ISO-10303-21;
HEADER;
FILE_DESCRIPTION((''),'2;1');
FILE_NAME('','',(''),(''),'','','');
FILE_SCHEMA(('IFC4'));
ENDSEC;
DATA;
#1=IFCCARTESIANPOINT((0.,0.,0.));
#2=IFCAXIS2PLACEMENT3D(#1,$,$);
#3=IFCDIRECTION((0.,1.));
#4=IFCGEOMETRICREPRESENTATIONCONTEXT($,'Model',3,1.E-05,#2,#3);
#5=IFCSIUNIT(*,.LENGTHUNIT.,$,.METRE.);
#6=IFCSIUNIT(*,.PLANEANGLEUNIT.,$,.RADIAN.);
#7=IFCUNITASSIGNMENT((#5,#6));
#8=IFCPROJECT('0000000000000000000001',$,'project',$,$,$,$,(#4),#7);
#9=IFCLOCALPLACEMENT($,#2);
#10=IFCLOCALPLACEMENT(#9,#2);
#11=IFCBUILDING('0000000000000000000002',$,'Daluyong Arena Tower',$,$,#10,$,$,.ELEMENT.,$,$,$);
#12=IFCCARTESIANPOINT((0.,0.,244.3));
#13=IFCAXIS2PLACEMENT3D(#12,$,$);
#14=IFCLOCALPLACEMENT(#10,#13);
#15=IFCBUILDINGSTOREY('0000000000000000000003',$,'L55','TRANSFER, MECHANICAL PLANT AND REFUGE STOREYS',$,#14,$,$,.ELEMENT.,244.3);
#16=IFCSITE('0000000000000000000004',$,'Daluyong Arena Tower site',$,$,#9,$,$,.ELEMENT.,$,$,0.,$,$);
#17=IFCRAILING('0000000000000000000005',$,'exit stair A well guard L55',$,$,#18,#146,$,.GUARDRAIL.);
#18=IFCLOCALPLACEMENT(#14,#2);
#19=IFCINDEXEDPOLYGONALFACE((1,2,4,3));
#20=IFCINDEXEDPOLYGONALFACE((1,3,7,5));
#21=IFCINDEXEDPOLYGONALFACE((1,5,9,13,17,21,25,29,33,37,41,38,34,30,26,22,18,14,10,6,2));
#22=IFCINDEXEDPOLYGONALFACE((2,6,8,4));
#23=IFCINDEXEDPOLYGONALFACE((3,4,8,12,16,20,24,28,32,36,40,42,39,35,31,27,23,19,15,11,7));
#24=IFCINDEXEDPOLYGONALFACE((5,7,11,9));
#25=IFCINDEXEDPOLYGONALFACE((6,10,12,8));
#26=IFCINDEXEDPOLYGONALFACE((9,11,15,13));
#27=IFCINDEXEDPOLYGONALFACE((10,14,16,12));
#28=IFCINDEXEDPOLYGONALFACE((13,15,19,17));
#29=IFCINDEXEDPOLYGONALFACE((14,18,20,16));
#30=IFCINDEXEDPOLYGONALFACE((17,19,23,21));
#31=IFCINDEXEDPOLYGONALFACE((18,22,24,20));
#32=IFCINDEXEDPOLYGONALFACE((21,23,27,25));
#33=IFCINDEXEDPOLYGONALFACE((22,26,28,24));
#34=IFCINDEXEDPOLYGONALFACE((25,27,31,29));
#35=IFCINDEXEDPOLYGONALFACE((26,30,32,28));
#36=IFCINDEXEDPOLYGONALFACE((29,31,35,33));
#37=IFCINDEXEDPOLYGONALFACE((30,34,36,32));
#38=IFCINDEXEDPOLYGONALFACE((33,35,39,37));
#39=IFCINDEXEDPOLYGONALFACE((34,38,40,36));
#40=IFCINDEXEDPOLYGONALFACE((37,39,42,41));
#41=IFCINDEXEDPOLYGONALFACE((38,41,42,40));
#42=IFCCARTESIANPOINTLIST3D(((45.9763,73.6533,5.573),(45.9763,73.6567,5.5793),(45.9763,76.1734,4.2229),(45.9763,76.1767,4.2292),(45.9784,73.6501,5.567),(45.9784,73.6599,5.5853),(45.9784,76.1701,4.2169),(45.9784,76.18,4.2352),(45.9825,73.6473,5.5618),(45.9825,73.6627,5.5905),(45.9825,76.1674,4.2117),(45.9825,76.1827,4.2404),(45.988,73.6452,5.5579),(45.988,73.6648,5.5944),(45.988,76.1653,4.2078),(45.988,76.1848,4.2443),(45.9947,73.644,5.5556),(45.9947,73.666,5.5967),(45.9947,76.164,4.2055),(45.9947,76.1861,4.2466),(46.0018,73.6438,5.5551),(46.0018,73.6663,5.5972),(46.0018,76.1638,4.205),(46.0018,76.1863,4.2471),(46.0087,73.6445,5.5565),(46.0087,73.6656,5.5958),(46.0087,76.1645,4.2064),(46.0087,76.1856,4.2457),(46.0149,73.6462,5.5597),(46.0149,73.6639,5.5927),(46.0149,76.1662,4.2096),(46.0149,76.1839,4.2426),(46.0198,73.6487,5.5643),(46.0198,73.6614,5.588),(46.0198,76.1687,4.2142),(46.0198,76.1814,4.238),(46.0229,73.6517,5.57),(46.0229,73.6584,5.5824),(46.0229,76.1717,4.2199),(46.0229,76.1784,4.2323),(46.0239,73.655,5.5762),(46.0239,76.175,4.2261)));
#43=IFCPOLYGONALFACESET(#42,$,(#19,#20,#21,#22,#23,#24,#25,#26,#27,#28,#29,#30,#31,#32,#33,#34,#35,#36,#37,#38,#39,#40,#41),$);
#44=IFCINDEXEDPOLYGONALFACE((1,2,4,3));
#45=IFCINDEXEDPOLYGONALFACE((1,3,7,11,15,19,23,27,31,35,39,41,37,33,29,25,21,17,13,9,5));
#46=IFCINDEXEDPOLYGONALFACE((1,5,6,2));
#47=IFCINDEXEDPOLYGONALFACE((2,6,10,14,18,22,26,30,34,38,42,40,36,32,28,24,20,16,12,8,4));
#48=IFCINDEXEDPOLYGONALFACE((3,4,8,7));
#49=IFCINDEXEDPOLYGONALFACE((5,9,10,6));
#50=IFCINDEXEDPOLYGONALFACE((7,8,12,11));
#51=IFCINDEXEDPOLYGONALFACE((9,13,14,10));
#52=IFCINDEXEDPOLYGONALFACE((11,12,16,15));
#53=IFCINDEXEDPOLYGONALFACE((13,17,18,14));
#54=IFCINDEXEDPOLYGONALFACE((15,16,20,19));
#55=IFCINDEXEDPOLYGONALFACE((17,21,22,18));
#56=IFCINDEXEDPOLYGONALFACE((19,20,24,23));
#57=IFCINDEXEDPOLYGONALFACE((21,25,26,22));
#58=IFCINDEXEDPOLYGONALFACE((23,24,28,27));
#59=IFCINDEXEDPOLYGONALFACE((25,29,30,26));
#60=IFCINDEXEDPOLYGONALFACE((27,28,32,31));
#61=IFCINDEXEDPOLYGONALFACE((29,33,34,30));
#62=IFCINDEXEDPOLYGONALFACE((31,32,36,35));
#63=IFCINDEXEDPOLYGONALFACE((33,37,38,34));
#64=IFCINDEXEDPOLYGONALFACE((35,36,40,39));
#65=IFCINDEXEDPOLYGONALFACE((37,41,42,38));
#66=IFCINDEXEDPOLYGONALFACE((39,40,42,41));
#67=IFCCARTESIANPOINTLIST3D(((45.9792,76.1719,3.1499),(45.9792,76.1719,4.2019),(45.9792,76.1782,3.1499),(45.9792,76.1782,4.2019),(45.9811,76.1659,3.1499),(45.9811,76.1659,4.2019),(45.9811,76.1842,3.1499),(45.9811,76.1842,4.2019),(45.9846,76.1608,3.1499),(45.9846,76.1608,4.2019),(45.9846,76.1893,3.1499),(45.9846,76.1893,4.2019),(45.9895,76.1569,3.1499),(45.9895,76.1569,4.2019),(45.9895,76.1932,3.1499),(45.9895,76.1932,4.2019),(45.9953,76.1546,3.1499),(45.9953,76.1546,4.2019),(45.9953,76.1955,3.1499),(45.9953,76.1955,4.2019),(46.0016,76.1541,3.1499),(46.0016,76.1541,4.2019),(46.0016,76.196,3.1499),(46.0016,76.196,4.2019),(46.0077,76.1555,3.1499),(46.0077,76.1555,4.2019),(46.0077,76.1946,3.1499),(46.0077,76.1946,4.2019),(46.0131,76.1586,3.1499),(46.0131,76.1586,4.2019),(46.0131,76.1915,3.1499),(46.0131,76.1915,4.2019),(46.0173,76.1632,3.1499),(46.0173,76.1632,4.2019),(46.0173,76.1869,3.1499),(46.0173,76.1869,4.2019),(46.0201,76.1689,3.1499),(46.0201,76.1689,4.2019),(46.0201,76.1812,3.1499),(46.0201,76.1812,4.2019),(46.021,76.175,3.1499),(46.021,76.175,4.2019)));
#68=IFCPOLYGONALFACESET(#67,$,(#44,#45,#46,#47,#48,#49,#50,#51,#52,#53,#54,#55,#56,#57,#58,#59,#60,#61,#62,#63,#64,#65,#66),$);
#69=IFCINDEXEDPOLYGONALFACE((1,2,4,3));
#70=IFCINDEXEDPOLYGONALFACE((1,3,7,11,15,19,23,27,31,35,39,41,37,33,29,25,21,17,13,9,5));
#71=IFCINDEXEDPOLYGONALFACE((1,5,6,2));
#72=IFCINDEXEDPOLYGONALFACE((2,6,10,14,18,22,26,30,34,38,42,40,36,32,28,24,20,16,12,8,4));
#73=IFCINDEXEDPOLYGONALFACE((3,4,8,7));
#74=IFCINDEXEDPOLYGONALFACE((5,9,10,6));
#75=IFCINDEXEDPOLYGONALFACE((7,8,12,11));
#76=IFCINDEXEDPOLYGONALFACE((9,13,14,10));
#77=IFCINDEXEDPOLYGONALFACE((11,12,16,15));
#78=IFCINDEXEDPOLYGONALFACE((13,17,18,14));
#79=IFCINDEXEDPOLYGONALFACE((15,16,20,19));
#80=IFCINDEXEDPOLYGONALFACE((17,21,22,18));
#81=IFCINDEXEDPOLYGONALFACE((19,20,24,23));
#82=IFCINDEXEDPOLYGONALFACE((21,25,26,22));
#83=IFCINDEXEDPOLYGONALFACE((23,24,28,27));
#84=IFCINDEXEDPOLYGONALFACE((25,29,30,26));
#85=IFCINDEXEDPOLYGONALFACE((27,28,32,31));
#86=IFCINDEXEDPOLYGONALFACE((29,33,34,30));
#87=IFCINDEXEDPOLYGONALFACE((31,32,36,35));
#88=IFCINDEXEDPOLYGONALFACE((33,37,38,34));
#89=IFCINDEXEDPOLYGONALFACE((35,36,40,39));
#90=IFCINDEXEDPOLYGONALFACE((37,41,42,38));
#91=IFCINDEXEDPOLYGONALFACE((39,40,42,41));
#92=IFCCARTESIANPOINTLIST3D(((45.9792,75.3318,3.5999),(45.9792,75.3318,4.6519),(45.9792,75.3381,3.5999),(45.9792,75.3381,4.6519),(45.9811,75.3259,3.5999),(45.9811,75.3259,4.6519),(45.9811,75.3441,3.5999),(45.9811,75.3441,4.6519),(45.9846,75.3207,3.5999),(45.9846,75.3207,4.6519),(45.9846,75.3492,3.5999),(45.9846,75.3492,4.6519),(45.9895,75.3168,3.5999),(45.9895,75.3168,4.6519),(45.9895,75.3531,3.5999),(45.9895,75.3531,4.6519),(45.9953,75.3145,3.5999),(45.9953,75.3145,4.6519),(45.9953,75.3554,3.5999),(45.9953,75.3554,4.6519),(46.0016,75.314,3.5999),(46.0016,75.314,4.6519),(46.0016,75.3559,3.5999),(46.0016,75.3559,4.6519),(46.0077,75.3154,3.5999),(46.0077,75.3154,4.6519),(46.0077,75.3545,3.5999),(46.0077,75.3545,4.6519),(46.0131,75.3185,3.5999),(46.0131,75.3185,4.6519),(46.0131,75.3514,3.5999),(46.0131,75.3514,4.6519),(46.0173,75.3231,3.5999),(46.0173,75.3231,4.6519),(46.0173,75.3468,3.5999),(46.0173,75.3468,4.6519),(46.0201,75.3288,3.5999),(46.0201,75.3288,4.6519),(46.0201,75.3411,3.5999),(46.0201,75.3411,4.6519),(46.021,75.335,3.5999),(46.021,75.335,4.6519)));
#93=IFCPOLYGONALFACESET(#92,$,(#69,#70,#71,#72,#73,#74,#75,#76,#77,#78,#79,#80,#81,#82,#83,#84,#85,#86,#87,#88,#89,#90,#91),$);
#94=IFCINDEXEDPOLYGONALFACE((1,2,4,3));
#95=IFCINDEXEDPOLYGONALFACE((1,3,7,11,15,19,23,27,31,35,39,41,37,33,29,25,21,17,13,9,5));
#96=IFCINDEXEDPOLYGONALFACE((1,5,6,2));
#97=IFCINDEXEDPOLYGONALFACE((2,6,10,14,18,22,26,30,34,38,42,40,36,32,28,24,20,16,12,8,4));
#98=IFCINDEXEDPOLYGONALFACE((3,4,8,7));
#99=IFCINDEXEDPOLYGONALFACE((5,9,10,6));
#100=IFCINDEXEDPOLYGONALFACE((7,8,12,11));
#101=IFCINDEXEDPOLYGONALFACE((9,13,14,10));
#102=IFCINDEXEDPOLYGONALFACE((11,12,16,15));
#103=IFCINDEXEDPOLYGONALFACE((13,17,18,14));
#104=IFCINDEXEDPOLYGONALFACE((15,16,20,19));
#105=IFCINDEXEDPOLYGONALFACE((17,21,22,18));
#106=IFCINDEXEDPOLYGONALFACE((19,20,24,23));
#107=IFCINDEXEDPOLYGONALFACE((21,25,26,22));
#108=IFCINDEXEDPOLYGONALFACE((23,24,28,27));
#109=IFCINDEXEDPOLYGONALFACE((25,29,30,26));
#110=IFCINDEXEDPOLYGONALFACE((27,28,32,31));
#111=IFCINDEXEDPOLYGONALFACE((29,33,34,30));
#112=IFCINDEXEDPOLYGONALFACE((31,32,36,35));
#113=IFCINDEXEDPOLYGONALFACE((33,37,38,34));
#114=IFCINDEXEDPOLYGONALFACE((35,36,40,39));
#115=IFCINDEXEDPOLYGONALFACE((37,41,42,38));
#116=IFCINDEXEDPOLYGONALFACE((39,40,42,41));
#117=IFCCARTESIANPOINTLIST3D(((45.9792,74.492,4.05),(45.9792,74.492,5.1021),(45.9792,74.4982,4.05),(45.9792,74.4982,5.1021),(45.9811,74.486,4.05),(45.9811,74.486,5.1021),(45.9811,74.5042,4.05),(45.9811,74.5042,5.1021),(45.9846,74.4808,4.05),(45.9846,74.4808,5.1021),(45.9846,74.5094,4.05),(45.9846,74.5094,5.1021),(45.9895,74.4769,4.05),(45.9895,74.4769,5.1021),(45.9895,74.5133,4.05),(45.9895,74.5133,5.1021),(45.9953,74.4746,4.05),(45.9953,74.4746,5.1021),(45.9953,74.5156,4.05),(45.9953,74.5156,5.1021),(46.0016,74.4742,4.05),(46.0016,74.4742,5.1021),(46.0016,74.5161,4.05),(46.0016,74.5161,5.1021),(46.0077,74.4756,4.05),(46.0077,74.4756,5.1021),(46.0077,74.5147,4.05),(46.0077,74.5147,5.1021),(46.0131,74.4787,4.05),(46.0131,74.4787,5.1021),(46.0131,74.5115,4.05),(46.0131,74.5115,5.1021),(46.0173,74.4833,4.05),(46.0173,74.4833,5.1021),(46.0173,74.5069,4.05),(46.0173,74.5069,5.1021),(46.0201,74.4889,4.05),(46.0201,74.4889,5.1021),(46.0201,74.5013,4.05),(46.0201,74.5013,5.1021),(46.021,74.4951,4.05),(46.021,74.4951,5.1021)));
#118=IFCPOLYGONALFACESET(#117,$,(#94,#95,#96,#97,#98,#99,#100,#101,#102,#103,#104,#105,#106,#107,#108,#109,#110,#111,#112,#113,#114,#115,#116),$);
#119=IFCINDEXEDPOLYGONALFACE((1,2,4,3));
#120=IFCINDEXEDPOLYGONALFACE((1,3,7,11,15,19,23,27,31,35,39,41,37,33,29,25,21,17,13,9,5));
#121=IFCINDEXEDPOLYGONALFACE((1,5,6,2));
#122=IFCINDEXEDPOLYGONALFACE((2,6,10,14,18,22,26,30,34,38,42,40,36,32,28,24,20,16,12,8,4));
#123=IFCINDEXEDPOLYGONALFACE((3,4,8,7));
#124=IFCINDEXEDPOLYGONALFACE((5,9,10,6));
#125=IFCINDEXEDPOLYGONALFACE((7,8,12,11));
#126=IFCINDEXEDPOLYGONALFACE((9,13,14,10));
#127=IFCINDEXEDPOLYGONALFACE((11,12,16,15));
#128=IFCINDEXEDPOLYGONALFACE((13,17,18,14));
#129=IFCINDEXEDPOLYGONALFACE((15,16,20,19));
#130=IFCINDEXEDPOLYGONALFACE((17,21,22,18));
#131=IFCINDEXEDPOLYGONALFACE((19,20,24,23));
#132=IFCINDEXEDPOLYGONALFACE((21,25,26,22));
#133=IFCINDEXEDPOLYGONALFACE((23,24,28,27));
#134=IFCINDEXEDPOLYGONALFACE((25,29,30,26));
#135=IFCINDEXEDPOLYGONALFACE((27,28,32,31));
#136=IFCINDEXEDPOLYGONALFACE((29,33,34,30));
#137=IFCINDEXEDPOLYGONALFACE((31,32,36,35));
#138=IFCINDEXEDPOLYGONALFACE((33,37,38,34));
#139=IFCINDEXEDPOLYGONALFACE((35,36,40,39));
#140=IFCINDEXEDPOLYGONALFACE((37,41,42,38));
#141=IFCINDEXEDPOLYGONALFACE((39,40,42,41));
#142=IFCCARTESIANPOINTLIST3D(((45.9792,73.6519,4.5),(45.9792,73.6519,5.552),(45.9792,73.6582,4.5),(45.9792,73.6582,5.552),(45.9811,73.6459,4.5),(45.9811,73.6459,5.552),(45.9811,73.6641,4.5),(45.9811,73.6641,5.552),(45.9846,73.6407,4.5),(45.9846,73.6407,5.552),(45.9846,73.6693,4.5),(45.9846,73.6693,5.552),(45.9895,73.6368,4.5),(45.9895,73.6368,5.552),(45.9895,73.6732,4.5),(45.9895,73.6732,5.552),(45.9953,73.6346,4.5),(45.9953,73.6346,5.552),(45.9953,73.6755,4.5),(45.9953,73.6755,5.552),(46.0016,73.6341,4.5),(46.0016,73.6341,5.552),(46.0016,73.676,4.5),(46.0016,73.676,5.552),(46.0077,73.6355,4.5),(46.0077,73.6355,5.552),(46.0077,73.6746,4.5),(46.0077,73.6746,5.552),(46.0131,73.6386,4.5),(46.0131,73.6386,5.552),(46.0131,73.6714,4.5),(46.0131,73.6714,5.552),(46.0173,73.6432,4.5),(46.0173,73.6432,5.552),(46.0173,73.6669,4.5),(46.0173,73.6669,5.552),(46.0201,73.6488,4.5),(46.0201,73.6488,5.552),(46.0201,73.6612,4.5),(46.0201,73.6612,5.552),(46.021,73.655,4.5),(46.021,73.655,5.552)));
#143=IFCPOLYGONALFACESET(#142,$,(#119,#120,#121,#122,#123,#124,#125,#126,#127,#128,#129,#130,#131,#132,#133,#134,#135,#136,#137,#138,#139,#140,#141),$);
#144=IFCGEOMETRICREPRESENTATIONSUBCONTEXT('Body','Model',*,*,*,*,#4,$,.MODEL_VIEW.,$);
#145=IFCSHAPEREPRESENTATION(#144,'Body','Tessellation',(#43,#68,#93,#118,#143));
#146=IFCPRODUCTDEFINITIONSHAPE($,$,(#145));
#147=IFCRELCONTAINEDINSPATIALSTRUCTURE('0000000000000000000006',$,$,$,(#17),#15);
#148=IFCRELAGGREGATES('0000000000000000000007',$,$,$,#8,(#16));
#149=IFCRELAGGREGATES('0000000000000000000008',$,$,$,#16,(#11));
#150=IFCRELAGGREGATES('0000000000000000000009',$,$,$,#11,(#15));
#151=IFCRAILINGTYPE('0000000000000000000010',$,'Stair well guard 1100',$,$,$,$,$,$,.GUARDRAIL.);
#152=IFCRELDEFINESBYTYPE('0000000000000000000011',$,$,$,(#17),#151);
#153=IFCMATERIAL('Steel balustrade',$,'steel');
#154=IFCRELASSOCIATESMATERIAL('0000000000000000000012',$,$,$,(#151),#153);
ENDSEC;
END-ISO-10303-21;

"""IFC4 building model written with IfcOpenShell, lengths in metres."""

from ifc_helpers import new_model, si_unit, direction, frame, origin, origin_2d, place, context, subcontext, project, spatial, circle, extrude, material, type_object, element, save


model = new_model("IFC4")

# Units and contexts
model_context = context("Model", 3, precision=1e-05, world=origin(), true_north=direction((0.0, 1.0)))
body_context = subcontext(model_context, "Body", "Model", "MODEL_VIEW")
ifc_project = project(units=[si_unit("LENGTHUNIT", "METRE"), si_unit("PLANEANGLEUNIT", "RADIAN")], contexts=[model_context])

# Site, building, storey
site_placement = place(None, origin())
site = spatial("IfcSite", under=ifc_project, at=site_placement, Name="Daluyong Arena Tower site", CompositionType="ELEMENT", RefElevation=0.0)
building_placement = place(site_placement, origin())
building = spatial("IfcBuilding", under=site, at=building_placement, Name="Daluyong Arena Tower", CompositionType="ELEMENT")
storey_placement = place(building_placement, frame((0.0, 0.0, 244.3)))
storey = spatial("IfcBuildingStorey", under=building, at=storey_placement, Name="L55", Description="TRANSFER, MECHANICAL PLANT AND REFUGE STOREYS", CompositionType="ELEMENT", Elevation=244.3)

# Railing
ifc_material_1 = material(Name="Steel balustrade", Category="steel")
railing_type_1 = type_object("IfcRailingType", Name="Stair well guard 1100", PredefinedType="GUARDRAIL", material=ifc_material_1)
railing_1_placement = place(storey_placement, frame((46.0, 76.175, 3.1499)))
element("IfcRailing", 1, at=railing_1_placement, inside=storey, type_object=railing_type_1, Name="exit stair A well guard L55", PredefinedType="GUARDRAIL", context=body_context, shape_type="SweptSolid", body=[
    extrude(circle(Radius=0.0239, at=origin_2d()), frame((0.0, 0.0, 1.0762), z_axis=(0.0, -0.881467, 0.472245), x_axis=(1.0, 0.0, 0.0)), (0.0, 0.0, 1.0), 2.8589),
    extrude(circle(Radius=0.021, at=origin_2d()), origin(), (0.0, 0.0, 1.0), 1.052),
    extrude(circle(Radius=0.021, at=origin_2d()), frame((0.0, -0.8401, 0.45)), (0.0, 0.0, 1.0), 1.052),
    extrude(circle(Radius=0.021, at=origin_2d()), frame((0.0, -1.6799, 0.9001)), (0.0, 0.0, 1.0), 1.052),
    extrude(circle(Radius=0.021, at=origin_2d()), frame((0.0, -2.52, 1.3501)), (0.0, 0.0, 1.0), 1.052),
])

save(model, "model.ifc")
